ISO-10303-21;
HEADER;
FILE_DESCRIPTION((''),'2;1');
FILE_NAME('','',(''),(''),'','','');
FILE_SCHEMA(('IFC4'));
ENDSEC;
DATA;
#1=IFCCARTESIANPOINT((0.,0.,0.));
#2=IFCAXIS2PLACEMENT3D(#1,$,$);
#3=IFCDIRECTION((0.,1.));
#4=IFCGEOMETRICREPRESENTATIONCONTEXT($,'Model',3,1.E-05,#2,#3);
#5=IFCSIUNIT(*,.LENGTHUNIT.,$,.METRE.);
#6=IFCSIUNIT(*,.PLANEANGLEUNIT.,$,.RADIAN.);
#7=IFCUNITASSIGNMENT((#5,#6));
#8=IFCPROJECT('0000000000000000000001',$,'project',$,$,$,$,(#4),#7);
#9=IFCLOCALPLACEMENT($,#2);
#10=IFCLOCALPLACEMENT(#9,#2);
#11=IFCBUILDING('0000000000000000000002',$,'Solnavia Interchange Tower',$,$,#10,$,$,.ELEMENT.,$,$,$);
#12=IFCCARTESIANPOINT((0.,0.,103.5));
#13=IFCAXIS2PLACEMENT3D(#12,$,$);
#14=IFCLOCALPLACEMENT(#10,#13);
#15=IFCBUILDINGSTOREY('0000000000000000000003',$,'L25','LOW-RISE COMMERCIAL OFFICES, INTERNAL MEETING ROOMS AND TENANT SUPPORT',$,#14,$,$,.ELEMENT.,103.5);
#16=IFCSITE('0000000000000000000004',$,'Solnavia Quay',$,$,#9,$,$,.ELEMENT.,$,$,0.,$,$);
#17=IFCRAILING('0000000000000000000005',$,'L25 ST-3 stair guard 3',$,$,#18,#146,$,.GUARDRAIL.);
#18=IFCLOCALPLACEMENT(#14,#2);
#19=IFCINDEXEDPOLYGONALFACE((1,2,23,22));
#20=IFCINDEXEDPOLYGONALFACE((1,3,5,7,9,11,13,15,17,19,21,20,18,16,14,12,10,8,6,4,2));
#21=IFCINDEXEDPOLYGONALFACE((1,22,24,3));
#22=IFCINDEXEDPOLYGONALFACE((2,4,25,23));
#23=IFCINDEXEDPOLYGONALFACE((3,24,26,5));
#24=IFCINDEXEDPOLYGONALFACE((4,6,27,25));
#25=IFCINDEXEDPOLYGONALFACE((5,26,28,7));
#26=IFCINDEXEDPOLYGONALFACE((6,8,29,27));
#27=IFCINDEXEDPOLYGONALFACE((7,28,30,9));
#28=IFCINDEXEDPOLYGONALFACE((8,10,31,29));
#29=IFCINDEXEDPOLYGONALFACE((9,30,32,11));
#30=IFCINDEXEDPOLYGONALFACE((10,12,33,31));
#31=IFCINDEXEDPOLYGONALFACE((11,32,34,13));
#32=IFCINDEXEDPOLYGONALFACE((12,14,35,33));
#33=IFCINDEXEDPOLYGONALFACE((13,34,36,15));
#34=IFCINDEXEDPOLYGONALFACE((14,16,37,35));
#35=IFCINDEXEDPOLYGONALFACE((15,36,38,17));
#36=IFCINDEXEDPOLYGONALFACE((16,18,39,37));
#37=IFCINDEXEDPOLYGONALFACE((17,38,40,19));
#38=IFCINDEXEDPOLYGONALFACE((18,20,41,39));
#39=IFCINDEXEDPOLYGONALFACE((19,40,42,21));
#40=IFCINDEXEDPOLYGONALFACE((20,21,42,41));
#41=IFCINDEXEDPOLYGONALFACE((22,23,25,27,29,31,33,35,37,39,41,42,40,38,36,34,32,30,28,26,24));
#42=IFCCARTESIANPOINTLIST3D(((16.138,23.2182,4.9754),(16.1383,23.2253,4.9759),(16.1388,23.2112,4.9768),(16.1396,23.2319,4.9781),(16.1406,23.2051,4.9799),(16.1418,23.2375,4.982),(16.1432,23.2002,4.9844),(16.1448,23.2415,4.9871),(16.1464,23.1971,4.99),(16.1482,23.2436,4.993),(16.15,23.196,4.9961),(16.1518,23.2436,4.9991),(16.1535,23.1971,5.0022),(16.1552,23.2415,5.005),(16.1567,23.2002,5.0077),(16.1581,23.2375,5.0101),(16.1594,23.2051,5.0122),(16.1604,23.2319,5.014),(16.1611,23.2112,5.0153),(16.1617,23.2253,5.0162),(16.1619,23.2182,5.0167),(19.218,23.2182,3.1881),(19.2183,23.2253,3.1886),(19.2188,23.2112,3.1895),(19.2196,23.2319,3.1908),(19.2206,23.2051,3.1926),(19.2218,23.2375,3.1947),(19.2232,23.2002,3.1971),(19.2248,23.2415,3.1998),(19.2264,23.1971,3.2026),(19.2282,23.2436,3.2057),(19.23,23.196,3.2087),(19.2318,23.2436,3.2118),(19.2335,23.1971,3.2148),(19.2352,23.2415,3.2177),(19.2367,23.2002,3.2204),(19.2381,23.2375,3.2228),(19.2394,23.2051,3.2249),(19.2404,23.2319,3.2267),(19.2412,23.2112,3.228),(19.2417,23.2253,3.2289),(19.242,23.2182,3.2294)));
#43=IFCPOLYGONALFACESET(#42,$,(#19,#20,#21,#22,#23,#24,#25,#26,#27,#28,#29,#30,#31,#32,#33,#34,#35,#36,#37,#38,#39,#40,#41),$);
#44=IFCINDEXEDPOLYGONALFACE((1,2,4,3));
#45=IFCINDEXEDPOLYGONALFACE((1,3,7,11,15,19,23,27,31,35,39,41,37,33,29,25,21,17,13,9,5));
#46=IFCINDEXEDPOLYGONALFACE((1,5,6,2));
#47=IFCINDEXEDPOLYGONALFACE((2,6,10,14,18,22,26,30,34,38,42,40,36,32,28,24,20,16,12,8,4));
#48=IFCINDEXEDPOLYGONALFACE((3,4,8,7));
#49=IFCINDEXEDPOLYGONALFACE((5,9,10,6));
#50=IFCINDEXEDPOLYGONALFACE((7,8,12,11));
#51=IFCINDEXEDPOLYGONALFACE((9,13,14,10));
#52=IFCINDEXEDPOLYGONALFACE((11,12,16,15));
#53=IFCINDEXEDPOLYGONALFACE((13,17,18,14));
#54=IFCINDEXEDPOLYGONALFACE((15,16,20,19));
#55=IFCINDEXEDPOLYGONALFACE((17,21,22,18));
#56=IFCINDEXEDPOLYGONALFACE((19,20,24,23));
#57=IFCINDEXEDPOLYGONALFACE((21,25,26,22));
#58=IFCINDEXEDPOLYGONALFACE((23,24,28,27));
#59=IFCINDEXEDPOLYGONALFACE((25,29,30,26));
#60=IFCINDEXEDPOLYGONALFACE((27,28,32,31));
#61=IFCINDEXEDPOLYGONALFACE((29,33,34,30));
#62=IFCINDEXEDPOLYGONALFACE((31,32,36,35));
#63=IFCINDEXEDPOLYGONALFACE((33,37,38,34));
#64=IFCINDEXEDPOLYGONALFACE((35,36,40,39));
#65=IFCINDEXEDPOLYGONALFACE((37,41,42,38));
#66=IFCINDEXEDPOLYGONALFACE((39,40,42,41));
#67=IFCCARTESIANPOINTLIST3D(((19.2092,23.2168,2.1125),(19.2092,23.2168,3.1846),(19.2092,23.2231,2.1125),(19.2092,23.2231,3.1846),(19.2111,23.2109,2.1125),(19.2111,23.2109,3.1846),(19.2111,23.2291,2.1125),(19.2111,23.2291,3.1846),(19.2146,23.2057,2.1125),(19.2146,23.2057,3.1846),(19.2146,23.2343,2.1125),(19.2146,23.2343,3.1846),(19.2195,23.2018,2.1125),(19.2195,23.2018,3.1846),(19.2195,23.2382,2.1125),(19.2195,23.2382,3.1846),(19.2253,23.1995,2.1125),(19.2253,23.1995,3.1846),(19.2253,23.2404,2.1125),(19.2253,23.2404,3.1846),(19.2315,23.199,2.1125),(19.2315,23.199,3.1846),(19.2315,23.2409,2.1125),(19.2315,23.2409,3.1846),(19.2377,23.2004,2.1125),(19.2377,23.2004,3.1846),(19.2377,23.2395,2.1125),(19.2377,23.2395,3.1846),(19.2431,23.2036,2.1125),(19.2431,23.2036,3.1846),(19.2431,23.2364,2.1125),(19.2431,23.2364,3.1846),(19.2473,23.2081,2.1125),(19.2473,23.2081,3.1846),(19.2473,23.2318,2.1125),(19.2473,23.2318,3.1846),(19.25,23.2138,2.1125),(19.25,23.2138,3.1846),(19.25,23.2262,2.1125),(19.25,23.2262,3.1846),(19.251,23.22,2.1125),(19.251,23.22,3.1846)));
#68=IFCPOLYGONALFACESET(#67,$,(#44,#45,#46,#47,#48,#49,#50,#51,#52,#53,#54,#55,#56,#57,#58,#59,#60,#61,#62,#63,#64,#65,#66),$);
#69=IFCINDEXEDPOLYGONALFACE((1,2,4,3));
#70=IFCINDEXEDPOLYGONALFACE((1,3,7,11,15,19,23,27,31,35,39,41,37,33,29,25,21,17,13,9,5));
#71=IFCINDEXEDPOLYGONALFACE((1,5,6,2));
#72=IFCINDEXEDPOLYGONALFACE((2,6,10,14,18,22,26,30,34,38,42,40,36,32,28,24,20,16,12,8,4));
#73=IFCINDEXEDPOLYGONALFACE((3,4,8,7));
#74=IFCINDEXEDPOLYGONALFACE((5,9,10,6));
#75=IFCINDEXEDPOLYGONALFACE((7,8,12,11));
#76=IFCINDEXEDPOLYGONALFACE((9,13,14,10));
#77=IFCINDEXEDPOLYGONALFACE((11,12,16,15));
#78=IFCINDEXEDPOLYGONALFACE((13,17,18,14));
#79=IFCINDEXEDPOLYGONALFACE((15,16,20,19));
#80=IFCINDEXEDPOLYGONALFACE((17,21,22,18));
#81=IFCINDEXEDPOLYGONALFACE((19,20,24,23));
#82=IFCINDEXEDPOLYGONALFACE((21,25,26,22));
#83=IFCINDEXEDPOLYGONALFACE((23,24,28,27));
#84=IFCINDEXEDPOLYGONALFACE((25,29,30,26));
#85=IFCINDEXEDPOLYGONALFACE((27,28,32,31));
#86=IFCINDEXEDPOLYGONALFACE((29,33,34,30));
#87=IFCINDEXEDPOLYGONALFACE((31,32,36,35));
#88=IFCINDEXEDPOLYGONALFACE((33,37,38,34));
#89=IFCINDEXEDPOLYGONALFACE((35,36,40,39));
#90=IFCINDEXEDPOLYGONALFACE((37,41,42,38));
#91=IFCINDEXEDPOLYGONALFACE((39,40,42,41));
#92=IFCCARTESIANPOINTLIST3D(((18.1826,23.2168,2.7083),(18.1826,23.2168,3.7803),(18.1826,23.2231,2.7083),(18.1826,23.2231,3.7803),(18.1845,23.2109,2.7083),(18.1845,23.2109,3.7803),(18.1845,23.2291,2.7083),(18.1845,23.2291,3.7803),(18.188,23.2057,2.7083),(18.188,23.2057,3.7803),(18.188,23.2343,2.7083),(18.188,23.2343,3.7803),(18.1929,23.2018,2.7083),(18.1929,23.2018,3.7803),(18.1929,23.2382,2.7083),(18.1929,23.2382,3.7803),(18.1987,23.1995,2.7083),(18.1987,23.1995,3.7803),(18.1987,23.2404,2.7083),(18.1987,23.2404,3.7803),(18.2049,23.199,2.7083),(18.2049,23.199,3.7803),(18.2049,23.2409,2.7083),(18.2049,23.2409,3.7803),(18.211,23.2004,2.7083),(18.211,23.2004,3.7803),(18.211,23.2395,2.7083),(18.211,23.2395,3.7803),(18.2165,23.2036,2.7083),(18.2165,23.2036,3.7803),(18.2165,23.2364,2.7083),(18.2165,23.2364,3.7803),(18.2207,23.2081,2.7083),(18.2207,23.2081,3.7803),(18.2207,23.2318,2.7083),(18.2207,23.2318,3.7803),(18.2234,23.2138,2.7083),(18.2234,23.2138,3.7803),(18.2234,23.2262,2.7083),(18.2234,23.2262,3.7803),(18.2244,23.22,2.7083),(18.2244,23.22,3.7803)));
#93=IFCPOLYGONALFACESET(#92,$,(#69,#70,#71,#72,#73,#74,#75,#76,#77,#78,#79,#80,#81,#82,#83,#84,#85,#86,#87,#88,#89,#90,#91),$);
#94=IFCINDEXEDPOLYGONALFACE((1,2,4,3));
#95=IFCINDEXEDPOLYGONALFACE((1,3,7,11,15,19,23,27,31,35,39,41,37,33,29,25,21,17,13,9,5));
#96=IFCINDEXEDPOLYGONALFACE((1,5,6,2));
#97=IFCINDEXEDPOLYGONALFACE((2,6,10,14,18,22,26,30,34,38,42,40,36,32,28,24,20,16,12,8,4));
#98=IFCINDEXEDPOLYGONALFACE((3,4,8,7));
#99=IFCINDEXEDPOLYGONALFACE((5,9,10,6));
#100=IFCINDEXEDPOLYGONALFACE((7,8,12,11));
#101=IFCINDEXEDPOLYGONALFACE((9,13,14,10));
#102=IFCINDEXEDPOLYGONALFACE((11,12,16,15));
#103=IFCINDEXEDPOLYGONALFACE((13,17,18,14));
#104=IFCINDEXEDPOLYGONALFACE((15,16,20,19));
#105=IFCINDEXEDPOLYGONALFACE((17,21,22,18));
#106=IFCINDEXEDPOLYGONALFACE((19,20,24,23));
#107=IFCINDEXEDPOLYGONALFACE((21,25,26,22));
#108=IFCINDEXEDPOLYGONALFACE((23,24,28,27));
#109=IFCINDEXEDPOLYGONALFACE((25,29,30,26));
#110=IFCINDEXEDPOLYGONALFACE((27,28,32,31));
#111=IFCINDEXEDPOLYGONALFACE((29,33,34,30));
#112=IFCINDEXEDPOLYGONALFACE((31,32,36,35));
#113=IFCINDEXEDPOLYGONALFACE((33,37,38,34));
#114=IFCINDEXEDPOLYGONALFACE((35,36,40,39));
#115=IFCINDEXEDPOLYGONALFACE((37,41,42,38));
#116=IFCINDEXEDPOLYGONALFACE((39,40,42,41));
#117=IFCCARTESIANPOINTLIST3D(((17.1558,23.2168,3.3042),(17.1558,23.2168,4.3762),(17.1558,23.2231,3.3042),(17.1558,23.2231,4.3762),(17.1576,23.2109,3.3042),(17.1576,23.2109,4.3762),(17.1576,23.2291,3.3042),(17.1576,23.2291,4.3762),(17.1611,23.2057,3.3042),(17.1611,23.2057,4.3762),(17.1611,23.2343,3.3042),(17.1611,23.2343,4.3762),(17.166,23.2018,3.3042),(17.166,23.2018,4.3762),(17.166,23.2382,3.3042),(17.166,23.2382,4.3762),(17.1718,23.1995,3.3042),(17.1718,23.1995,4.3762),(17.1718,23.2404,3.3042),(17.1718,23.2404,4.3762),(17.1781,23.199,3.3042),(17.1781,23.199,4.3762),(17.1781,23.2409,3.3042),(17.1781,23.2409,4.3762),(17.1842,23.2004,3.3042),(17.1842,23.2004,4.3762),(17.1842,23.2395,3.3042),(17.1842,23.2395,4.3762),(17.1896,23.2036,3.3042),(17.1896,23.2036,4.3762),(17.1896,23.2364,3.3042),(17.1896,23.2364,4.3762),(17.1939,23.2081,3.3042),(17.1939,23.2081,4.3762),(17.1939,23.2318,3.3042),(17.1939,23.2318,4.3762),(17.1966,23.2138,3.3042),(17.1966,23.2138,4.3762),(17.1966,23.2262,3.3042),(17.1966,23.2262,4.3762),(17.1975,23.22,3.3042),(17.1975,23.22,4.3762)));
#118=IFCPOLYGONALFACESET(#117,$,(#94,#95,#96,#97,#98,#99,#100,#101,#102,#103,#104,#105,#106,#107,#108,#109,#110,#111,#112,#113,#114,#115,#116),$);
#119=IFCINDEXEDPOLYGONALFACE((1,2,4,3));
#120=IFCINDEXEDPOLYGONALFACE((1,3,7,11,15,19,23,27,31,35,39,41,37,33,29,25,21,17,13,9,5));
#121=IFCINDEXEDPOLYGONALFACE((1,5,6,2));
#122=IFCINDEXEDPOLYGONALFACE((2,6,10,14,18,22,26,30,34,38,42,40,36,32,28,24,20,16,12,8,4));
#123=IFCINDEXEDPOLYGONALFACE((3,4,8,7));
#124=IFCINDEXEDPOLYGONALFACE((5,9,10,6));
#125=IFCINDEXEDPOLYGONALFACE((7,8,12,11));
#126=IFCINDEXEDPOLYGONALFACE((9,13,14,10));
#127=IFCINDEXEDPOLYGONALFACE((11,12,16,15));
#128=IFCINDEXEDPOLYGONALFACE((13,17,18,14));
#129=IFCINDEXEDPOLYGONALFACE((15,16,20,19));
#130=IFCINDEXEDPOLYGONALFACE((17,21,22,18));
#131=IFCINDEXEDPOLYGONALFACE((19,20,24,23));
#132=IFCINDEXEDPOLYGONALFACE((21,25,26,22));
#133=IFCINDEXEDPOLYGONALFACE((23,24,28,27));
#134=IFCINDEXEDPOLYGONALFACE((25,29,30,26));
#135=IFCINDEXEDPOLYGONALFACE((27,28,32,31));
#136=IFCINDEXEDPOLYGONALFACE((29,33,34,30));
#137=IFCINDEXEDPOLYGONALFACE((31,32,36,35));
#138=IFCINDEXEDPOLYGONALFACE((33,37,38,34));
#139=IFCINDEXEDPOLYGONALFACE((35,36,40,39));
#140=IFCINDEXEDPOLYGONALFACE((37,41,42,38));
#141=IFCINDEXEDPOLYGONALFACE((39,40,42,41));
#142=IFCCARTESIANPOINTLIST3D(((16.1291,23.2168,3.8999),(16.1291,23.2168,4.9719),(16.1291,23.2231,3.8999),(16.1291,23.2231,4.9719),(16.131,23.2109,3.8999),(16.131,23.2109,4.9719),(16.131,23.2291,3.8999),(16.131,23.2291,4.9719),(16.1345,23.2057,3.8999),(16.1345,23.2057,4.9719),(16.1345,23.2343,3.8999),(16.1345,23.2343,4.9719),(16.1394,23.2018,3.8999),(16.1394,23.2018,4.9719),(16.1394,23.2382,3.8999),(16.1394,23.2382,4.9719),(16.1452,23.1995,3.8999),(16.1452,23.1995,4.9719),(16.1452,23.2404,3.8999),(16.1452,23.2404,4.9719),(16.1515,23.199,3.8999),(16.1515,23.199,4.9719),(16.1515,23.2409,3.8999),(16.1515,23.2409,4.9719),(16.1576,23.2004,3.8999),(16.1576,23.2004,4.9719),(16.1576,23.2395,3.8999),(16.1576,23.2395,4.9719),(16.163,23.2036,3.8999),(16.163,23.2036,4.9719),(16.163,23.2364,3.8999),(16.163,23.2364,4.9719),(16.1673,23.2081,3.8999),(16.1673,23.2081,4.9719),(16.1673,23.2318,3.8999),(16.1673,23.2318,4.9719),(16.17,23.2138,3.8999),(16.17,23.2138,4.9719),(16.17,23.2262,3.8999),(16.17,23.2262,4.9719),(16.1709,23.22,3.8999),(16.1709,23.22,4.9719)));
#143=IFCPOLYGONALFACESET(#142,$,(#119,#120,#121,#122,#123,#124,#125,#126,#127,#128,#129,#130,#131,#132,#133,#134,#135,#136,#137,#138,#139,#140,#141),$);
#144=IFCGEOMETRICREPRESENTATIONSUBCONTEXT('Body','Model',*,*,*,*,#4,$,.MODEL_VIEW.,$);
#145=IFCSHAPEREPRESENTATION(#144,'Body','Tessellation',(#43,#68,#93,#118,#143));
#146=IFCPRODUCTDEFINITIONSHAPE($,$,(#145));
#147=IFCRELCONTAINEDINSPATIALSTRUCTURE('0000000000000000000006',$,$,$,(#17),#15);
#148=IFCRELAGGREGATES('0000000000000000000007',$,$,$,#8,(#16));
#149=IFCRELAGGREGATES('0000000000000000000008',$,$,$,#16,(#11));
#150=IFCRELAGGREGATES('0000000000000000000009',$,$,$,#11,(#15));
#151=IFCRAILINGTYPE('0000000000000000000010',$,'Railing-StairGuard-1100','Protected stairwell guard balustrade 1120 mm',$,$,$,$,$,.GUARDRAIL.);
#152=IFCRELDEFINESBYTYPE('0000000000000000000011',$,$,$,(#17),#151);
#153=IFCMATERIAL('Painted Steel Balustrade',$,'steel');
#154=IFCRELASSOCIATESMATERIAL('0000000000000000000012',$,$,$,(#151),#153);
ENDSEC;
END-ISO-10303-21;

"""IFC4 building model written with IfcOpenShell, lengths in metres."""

from ifc_helpers import new_model, si_unit, direction, frame, origin, origin_2d, place, context, subcontext, project, spatial, circle, extrude, material, type_object, element, save


model = new_model("IFC4")

# Units and contexts
model_context = context("Model", 3, precision=1e-05, world=origin(), true_north=direction((0.0, 1.0)))
body_context = subcontext(model_context, "Body", "Model", "MODEL_VIEW")
ifc_project = project(units=[si_unit("LENGTHUNIT", "METRE"), si_unit("PLANEANGLEUNIT", "RADIAN")], contexts=[model_context])

# Site, building, storey
site_placement = place(None, origin())
site = spatial("IfcSite", under=ifc_project, at=site_placement, Name="Solnavia Quay", CompositionType="ELEMENT", RefElevation=0.0)
building_placement = place(site_placement, origin())
building = spatial("IfcBuilding", under=site, at=building_placement, Name="Solnavia Interchange Tower", CompositionType="ELEMENT")
storey_placement = place(building_placement, frame((0.0, 0.0, 103.5)))
storey = spatial("IfcBuildingStorey", under=building, at=storey_placement, Name="L25", Description="LOW-RISE COMMERCIAL OFFICES, INTERNAL MEETING ROOMS AND TENANT SUPPORT", CompositionType="ELEMENT", Elevation=103.5)

# Railing
ifc_material_1 = material(Name="Painted Steel Balustrade", Category="steel")
railing_type_1 = type_object("IfcRailingType", Name="Railing-StairGuard-1100", Description="Protected stairwell guard balustrade 1120 mm", PredefinedType="GUARDRAIL", material=ifc_material_1)
railing_1_placement = place(storey_placement, frame((19.23, 23.22, 2.1125)))
element("IfcRailing", 1, at=railing_1_placement, inside=storey, type_object=railing_type_1, Name="L25 ST-3 stair guard 3", PredefinedType="GUARDRAIL", context=body_context, shape_type="SweptSolid", body=[
    extrude(circle(Radius=0.0239, at=origin_2d()), frame((0.0, 0.0, 1.0962), z_axis=(-0.86492, 0.0, 0.501909), x_axis=(0.0, -1.0, 0.0)), (0.0, 0.0, 1.0), 3.561),
    extrude(circle(Radius=0.021, at=origin_2d()), origin(), (0.0, 0.0, 1.0), 1.072),
    extrude(circle(Radius=0.021, at=origin_2d()), frame((-1.0266, 0.0, 0.5957)), (0.0, 0.0, 1.0), 1.072),
    extrude(circle(Radius=0.021, at=origin_2d()), frame((-2.0535, 0.0, 1.1917)), (0.0, 0.0, 1.0), 1.072),
    extrude(circle(Radius=0.021, at=origin_2d()), frame((-3.0801, 0.0, 1.7874)), (0.0, 0.0, 1.0), 1.072),
])

save(model, "model.ifc")
